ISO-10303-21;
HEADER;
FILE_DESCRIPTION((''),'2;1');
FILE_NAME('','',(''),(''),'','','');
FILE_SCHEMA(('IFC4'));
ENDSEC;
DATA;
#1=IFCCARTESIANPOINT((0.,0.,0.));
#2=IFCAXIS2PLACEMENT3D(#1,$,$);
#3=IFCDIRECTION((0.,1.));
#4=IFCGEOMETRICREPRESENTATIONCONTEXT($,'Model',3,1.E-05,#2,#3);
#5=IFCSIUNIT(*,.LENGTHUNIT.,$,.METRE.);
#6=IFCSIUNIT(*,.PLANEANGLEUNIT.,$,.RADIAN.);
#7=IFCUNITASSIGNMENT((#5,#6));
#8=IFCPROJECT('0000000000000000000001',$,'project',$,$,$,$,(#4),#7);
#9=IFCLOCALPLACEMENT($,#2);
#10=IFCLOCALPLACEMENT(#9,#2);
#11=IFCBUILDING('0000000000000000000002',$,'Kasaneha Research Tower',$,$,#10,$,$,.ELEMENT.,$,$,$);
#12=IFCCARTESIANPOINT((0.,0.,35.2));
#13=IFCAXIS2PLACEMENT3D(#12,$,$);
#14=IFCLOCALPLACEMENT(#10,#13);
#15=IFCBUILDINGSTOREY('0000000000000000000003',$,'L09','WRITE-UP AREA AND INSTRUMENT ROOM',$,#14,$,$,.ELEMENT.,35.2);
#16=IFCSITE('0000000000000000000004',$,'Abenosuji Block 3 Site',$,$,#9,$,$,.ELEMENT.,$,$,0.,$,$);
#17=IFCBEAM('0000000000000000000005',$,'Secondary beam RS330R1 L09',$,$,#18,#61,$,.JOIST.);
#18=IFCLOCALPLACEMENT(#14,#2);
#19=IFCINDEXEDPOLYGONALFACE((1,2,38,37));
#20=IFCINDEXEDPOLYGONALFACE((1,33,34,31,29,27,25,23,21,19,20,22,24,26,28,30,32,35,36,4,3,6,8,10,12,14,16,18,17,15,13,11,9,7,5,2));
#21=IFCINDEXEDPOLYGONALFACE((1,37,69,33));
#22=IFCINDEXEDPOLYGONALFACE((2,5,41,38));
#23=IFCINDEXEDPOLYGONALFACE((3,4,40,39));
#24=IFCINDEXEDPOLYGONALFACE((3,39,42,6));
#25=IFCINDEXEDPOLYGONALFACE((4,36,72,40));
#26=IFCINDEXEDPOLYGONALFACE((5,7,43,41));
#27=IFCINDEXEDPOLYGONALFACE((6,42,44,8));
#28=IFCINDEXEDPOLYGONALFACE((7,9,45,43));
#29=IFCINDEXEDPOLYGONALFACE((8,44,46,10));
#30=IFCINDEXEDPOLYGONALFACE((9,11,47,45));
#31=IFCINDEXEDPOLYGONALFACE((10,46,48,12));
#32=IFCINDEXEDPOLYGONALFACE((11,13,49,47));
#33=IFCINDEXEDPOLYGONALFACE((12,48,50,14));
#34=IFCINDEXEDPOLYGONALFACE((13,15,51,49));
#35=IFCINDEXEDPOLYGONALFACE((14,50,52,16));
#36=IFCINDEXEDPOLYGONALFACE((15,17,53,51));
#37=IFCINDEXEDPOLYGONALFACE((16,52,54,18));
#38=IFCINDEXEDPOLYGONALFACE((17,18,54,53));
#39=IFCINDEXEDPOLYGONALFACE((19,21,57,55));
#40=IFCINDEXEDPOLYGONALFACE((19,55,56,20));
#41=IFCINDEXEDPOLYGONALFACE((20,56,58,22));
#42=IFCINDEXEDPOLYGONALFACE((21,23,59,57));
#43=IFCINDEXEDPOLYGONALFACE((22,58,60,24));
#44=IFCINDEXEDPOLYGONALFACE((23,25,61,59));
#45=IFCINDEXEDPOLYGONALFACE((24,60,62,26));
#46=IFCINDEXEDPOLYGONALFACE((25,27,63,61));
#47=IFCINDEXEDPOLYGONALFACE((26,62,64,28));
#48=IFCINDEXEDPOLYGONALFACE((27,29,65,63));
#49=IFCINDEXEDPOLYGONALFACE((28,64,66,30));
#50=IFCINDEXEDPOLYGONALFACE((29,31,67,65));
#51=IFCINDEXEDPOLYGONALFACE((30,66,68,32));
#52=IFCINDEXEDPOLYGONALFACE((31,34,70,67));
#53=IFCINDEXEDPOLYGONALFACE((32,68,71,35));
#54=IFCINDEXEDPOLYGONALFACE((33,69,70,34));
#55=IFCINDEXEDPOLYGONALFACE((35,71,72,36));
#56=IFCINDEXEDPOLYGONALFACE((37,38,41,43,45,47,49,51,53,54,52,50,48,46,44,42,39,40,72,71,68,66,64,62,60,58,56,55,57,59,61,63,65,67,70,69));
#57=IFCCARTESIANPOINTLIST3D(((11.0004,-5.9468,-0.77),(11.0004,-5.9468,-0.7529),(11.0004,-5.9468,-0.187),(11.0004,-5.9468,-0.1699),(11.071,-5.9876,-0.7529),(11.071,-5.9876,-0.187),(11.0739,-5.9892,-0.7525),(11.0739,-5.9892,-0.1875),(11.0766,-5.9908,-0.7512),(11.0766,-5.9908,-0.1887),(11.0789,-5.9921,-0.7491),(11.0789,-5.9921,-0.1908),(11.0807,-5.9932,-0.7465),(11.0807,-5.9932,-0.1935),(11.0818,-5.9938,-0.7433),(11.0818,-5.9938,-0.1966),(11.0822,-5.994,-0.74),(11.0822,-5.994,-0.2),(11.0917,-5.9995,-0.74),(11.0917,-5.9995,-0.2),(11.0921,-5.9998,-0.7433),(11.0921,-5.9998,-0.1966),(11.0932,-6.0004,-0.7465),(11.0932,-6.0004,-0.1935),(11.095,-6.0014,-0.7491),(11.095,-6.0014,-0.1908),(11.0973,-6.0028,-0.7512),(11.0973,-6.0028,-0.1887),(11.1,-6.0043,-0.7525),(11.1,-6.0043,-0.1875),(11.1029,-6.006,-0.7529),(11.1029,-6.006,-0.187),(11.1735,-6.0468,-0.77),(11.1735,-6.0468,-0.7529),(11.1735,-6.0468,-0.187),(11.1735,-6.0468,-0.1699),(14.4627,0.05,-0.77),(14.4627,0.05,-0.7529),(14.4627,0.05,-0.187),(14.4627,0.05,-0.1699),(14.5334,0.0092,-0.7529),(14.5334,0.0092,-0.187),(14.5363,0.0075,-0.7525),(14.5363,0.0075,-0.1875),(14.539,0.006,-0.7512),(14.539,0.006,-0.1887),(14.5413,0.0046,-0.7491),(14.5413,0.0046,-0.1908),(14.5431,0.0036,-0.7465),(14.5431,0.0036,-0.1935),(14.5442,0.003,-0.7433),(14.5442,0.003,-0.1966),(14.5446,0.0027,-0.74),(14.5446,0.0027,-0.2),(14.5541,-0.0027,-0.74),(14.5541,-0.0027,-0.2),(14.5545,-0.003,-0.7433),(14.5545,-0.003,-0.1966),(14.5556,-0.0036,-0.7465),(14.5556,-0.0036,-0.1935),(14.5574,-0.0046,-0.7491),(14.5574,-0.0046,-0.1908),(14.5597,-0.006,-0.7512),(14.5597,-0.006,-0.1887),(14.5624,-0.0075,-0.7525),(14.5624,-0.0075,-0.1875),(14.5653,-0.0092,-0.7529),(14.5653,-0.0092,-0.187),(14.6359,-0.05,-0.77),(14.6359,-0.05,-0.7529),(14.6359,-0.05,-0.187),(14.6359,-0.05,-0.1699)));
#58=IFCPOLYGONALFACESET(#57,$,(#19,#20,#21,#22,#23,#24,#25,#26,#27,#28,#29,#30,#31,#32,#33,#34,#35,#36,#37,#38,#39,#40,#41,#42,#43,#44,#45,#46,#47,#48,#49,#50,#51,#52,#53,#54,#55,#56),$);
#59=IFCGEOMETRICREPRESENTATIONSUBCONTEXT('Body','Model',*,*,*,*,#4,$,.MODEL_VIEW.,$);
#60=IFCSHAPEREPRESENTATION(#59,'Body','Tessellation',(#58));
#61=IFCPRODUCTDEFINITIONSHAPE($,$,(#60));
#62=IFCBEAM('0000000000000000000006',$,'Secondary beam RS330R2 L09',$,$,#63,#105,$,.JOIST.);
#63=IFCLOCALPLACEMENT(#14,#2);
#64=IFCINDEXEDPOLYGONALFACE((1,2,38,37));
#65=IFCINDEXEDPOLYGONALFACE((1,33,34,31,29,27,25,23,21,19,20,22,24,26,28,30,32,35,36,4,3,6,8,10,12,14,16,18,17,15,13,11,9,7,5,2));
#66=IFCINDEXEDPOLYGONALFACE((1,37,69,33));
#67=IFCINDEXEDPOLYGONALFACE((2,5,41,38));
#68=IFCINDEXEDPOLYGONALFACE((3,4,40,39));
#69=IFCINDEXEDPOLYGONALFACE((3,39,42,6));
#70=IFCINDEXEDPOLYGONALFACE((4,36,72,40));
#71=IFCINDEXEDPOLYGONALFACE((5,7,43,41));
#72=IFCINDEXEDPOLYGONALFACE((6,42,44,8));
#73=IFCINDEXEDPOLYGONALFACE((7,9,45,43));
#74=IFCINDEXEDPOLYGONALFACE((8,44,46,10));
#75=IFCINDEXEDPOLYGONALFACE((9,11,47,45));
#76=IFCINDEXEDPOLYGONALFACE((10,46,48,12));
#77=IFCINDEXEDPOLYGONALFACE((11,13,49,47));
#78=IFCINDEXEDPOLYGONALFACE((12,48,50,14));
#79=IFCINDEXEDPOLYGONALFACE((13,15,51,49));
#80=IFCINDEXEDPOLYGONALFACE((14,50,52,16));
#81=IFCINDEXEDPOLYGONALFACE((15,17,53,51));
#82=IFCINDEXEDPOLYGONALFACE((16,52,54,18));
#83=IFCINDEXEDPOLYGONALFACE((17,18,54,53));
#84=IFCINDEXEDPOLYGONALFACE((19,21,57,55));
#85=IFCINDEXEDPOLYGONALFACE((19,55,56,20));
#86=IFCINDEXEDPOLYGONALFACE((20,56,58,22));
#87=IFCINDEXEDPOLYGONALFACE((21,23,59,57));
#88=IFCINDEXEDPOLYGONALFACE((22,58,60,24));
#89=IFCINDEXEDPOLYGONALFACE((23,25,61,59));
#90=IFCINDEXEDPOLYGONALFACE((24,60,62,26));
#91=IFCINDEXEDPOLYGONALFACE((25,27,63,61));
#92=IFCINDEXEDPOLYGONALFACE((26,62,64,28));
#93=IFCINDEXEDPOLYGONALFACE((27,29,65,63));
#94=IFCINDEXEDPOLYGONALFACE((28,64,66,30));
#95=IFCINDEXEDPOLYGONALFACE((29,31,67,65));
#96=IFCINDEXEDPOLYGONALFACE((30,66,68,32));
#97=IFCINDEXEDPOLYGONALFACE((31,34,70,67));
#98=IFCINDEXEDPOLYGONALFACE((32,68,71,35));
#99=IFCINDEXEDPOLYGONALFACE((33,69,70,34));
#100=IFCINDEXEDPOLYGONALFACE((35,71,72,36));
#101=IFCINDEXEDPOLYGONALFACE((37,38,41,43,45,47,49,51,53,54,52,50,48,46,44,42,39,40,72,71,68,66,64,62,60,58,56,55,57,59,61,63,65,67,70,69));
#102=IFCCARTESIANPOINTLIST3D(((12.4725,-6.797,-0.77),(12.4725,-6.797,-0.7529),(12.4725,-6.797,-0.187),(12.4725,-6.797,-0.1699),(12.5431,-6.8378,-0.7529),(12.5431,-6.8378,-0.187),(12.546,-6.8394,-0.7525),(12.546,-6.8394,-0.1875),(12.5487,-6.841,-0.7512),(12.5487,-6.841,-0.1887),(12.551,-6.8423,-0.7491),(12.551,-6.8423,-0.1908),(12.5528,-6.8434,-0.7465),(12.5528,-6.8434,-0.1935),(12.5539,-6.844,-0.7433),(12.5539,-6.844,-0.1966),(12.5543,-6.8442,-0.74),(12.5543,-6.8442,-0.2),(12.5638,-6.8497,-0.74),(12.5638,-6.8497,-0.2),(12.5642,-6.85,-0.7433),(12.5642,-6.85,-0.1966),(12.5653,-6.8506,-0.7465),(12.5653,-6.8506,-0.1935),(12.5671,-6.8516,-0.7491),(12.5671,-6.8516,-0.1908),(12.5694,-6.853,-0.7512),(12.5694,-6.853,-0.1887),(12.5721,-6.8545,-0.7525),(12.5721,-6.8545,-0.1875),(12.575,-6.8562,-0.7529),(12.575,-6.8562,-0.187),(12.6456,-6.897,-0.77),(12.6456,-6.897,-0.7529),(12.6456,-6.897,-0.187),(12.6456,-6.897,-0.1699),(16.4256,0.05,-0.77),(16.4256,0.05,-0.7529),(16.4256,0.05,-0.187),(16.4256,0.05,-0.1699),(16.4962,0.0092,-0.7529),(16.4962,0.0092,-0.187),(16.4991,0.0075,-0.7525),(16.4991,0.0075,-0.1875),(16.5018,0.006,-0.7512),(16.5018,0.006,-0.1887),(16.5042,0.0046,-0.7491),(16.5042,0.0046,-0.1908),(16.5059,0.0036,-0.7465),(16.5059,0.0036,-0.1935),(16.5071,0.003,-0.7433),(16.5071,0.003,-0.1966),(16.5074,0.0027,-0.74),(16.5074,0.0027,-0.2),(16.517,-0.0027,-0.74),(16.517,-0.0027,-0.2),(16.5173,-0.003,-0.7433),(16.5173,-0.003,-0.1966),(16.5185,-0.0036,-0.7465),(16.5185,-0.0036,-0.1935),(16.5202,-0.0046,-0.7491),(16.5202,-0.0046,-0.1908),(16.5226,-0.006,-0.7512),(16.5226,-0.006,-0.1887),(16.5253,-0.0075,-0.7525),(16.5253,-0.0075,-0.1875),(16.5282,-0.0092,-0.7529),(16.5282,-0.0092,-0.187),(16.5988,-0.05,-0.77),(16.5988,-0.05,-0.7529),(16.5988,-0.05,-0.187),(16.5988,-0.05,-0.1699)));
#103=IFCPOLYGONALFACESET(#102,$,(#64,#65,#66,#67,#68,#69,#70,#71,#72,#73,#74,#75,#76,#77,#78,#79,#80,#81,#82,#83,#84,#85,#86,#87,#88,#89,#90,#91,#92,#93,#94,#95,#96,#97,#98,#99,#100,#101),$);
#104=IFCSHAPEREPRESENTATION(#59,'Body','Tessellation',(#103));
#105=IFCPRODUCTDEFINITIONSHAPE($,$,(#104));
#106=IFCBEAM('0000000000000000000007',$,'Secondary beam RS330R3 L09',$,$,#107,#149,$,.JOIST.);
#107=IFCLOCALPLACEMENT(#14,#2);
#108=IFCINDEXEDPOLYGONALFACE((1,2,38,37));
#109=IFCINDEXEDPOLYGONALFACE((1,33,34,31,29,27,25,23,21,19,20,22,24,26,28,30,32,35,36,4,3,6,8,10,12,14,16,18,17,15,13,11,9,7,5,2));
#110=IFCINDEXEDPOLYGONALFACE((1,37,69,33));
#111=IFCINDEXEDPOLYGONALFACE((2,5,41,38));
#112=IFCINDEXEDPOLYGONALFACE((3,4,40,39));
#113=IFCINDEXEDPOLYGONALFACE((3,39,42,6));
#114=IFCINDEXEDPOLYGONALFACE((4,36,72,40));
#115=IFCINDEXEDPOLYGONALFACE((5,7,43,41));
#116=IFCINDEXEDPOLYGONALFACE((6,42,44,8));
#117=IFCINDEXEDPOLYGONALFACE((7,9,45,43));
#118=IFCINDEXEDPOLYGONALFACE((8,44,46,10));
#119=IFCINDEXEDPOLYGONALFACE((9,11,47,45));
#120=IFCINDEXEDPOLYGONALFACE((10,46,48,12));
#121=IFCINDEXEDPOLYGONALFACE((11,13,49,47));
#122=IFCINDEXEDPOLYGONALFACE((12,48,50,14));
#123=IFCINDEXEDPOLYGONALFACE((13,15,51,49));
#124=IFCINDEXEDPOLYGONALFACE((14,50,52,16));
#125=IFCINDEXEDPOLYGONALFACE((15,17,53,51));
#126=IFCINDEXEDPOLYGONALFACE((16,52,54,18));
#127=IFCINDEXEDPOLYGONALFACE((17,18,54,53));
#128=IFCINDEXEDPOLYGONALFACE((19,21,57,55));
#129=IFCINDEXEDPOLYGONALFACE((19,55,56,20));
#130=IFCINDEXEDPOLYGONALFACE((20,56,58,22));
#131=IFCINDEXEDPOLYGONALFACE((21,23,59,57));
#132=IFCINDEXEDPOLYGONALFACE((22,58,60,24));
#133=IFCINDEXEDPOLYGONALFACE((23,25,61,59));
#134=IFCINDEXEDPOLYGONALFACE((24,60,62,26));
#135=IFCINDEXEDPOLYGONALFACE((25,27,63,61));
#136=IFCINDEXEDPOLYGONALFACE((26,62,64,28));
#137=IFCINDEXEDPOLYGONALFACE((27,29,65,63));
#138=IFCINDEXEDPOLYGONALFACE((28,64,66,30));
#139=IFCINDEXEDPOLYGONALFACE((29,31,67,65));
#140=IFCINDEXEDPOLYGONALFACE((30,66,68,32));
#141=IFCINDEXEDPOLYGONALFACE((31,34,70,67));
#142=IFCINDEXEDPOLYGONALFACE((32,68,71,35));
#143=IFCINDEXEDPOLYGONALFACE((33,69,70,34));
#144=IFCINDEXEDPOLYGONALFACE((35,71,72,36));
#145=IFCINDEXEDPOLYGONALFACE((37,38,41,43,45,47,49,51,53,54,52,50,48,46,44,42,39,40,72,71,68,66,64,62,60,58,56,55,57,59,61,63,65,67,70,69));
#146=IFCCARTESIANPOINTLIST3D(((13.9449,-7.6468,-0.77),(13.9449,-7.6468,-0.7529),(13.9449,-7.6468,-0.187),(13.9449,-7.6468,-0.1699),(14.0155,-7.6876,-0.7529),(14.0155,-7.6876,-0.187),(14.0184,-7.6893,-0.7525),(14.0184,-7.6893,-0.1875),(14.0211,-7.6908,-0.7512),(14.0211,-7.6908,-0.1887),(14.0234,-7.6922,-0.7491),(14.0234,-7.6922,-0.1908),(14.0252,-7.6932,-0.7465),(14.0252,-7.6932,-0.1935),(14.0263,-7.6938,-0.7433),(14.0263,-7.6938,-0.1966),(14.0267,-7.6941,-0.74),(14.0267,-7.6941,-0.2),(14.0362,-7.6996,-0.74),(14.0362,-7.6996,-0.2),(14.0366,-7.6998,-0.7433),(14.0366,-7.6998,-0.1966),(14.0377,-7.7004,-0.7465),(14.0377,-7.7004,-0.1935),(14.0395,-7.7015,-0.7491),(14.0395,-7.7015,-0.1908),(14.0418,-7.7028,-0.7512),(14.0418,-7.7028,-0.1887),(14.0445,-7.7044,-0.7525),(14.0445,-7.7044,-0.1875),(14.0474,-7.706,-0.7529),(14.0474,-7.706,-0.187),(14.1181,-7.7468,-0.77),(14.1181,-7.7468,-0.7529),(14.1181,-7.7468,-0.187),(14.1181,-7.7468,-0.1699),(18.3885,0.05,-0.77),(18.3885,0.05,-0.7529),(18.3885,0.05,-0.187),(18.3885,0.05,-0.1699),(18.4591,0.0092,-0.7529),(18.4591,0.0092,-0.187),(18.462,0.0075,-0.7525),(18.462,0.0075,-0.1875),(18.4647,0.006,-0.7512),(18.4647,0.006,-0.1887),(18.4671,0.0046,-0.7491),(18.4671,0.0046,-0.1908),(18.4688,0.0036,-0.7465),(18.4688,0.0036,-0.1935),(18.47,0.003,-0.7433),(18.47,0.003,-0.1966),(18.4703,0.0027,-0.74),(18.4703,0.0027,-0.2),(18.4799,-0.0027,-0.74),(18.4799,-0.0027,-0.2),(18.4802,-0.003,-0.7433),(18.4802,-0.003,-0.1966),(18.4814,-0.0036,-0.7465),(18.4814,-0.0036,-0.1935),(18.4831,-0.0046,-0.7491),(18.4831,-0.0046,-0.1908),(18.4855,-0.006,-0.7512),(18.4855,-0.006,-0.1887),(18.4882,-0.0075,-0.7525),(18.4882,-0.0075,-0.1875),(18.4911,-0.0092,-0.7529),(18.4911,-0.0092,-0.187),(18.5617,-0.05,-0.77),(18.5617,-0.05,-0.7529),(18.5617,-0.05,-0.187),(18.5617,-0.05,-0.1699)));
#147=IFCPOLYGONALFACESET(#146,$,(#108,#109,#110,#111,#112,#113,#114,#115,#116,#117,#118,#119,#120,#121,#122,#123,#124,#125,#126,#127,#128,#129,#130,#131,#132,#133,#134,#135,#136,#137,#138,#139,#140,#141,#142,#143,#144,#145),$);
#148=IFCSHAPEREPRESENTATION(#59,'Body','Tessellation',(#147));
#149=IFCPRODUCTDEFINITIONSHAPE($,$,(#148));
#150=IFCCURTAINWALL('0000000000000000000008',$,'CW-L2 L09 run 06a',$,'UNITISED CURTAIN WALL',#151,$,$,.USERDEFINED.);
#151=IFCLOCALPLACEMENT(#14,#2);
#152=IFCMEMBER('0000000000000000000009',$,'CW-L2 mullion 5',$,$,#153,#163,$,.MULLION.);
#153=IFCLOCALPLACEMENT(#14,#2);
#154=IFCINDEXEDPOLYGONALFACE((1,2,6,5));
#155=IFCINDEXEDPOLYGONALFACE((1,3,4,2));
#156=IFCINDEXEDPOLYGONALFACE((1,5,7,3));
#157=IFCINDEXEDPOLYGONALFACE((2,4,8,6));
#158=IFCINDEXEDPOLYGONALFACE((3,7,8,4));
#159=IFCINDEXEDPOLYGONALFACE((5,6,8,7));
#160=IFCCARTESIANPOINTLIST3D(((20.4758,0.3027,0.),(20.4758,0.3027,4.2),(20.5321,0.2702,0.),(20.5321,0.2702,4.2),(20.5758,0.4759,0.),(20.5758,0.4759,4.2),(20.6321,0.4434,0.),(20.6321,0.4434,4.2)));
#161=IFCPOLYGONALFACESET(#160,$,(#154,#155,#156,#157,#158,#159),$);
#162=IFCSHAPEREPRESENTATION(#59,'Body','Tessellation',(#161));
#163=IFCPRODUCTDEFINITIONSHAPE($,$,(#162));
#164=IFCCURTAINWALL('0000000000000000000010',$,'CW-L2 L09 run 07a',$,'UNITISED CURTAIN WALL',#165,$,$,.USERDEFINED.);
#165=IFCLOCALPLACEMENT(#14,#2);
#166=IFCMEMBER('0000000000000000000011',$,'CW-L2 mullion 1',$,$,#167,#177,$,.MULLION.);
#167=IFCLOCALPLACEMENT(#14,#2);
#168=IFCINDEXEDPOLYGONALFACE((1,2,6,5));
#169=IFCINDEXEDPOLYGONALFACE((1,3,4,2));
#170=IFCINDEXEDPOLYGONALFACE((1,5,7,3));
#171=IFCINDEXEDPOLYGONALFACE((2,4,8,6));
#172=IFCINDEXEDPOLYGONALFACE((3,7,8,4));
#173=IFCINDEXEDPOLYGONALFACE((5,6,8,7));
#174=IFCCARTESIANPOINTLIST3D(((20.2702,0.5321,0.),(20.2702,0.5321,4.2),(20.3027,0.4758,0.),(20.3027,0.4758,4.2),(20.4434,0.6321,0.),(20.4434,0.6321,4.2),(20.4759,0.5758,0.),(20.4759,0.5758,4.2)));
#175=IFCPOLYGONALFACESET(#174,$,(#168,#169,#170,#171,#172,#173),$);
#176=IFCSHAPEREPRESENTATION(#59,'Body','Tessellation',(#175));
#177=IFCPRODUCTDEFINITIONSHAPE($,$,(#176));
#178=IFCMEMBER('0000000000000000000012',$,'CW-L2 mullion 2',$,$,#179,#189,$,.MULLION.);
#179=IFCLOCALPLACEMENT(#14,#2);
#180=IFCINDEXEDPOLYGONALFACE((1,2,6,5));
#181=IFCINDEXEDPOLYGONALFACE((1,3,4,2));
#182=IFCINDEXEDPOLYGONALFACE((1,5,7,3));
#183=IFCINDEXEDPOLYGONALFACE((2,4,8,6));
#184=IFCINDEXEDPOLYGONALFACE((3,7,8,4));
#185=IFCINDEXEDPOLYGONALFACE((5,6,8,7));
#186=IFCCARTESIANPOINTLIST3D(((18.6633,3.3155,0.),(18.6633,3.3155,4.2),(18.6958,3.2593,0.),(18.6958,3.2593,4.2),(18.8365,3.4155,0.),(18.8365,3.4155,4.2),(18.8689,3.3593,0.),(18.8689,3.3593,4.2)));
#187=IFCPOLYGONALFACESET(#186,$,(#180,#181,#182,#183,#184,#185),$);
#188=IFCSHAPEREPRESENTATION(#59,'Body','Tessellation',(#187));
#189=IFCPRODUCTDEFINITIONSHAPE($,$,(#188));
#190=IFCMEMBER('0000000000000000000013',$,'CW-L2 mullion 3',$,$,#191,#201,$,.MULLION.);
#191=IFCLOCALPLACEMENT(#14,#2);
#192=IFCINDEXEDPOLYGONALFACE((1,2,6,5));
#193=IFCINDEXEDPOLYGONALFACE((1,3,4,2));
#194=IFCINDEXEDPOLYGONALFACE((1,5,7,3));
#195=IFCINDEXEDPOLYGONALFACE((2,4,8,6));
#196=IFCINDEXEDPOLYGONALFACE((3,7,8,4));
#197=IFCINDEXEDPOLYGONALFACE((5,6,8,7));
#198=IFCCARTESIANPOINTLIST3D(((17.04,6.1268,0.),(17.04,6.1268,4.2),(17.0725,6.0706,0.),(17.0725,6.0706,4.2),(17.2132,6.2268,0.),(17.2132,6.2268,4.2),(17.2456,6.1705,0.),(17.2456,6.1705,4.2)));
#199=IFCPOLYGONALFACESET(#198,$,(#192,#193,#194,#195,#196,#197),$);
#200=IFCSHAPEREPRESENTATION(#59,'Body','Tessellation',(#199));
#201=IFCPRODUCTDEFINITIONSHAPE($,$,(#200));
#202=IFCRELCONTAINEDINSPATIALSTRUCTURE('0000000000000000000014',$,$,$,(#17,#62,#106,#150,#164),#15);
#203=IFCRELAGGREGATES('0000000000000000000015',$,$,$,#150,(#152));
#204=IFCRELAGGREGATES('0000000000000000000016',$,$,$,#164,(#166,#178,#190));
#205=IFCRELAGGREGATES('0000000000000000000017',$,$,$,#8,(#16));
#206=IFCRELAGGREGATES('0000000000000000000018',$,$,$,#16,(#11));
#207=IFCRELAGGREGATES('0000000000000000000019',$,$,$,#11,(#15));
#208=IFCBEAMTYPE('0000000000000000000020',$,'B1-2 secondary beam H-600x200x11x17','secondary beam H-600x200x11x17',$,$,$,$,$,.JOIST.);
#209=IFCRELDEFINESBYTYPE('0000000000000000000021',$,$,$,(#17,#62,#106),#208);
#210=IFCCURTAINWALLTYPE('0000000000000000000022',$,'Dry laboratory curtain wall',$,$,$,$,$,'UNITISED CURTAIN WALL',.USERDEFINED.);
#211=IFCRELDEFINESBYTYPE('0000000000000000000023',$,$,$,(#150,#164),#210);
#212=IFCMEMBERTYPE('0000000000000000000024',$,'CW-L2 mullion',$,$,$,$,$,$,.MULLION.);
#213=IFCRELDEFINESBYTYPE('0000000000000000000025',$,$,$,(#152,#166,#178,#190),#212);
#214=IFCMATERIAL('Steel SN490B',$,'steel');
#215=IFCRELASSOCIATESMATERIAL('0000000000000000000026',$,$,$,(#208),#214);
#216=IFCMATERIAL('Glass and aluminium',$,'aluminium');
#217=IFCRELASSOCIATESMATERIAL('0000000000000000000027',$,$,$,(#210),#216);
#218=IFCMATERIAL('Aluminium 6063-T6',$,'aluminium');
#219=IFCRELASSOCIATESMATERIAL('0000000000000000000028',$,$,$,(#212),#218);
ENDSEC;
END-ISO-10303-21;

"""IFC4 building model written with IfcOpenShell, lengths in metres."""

from ifc_helpers import new_model, si_unit, direction, frame, origin, origin_2d, place, context, subcontext, project, spatial, rectangle, i_section, extrude, material, material_profile, profile_set, type_object, element, aggregate, save


model = new_model("IFC4")

# Units and contexts
model_context = context("Model", 3, precision=1e-05, world=origin(), true_north=direction((0.0, 1.0)))
body_context = subcontext(model_context, "Body", "Model", "MODEL_VIEW")
ifc_project = project(units=[si_unit("LENGTHUNIT", "METRE"), si_unit("PLANEANGLEUNIT", "RADIAN")], contexts=[model_context])

# Site, building, storey
site_placement = place(None, origin())
site = spatial("IfcSite", under=ifc_project, at=site_placement, Name="Abenosuji Block 3 Site", CompositionType="ELEMENT", RefElevation=0.0)
building_placement = place(site_placement, origin())
building = spatial("IfcBuilding", under=site, at=building_placement, Name="Kasaneha Research Tower", CompositionType="ELEMENT")
storey_placement = place(building_placement, frame((0.0, 0.0, 35.2)))
storey = spatial("IfcBuildingStorey", under=building, at=storey_placement, Name="L09", Description="WRITE-UP AREA AND INSTRUMENT ROOM", CompositionType="ELEMENT", Elevation=35.2)

# Beams
ifc_material_1 = material(Name="Steel SN490B", Category="steel")
ifc_material_profile_1 = material_profile(ifc_material_1, i_section(OverallWidth=0.2, OverallDepth=0.6001, WebThickness=0.011, FlangeThickness=0.0171, FilletRadius=0.0129, at=origin_2d()), Name="H-600x200x11x17")
ifc_profile_set_1 = profile_set([ifc_material_profile_1], Name="Steel SN490B")
beam_type_1 = type_object("IfcBeamType", Name="B1-2 secondary beam H-600x200x11x17", Description="secondary beam H-600x200x11x17", PredefinedType="JOIST", material=ifc_profile_set_1)
beam_1_placement = place(storey_placement, frame((14.5493, 0.0, -0.47), z_axis=(-0.500014, -0.866017, 0.0), x_axis=(0.866017, -0.500014, 0.0)))
element("IfcBeam", 1, at=beam_1_placement, inside=storey, type_object=beam_type_1, Name="Secondary beam RS330R1 L09", PredefinedType="JOIST", context=body_context, shape_type="SweptSolid", body=[
    extrude(i_section(OverallWidth=0.2, OverallDepth=0.6001, WebThickness=0.011, FlangeThickness=0.0171, FilletRadius=0.0129, at=origin_2d()), origin(), (0.0, 0.0, 1.0), 6.9246),
])
beam_2_placement = place(storey_placement, frame((16.5122, 0.0, -0.47), z_axis=(-0.500005, -0.866023, 0.0), x_axis=(0.866023, -0.500005, 0.0)))
element("IfcBeam", 2, at=beam_2_placement, inside=storey, type_object=beam_type_1, Name="Secondary beam RS330R2 L09", PredefinedType="JOIST", context=body_context, shape_type="SweptSolid", body=[
    extrude(i_section(OverallWidth=0.2, OverallDepth=0.6001, WebThickness=0.011, FlangeThickness=0.0171, FilletRadius=0.0129, at=origin_2d()), origin(), (0.0, 0.0, 1.0), 7.9062),
])
beam_3_placement = place(storey_placement, frame((18.4751, 0.0, -0.47), z_axis=(-0.499989, -0.866032, 0.0), x_axis=(0.866032, -0.499989, 0.0)))
element("IfcBeam", 3, at=beam_3_placement, inside=storey, type_object=beam_type_1, Name="Secondary beam RS330R3 L09", PredefinedType="JOIST", context=body_context, shape_type="SweptSolid", body=[
    extrude(i_section(OverallWidth=0.2, OverallDepth=0.6001, WebThickness=0.011, FlangeThickness=0.0171, FilletRadius=0.0129, at=origin_2d()), origin(), (0.0, 0.0, 1.0), 8.8875),
])

# Curtain wall, member
ifc_material_2 = material(Name="Glass and aluminium", Category="aluminium")
curtain_wall_type = type_object("IfcCurtainWallType", Name="Dry laboratory curtain wall", ElementType="UNITISED CURTAIN WALL", PredefinedType="USERDEFINED", material=ifc_material_2)
curtain_wall_1_placement = place(storey_placement, origin())
curtain_wall_1 = element("IfcCurtainWall", 4, at=curtain_wall_1_placement, inside=storey, type_object=curtain_wall_type, Name="CW-L2 L09 run 06a", ObjectType="UNITISED CURTAIN WALL", PredefinedType="USERDEFINED")
ifc_material_3 = material(Name="Aluminium 6063-T6", Category="aluminium")
ifc_material_profile_2 = material_profile(ifc_material_3, rectangle(XDim=0.0649, YDim=0.2, at=origin_2d()), Name="CW-L2 mullion 65x200")
ifc_profile_set_2 = profile_set([ifc_material_profile_2], Name="Aluminium 6063-T6")
member_type_1 = type_object("IfcMemberType", Name="CW-L2 mullion", PredefinedType="MULLION", material=ifc_profile_set_2)
member_1_placement = place(storey_placement, frame((20.554, 0.373, 0.0), z_axis=(0.0, 0.0, 1.0), x_axis=(-0.866025, 0.5, 0.0)))
member_1 = element("IfcMember", 5, at=member_1_placement, type_object=member_type_1, Name="CW-L2 mullion 5", PredefinedType="MULLION", context=body_context, shape_type="SweptSolid", body=[
    extrude(rectangle(XDim=0.0649, YDim=0.2, at=origin_2d()), origin(), (0.0, 0.0, 1.0), 4.2),
])
aggregate(curtain_wall_1, [member_1])

# Curtain wall, members
curtain_wall_2_placement = place(storey_placement, origin())
curtain_wall_2 = element("IfcCurtainWall", 6, at=curtain_wall_2_placement, inside=storey, type_object=curtain_wall_type, Name="CW-L2 L09 run 07a", ObjectType="UNITISED CURTAIN WALL", PredefinedType="USERDEFINED")
member_2_placement = place(storey_placement, frame((20.373, 0.554, 0.0), z_axis=(0.0, 0.0, 1.0), x_axis=(-0.5, 0.866025, 0.0)))
member_2 = element("IfcMember", 7, at=member_2_placement, type_object=member_type_1, Name="CW-L2 mullion 1", PredefinedType="MULLION", context=body_context, shape_type="SweptSolid", body=[
    extrude(rectangle(XDim=0.0649, YDim=0.2, at=origin_2d()), origin(), (0.0, 0.0, 1.0), 4.2),
])
member_3_placement = place(storey_placement, frame((18.7661, 3.3374, 0.0), z_axis=(0.0, 0.0, 1.0), x_axis=(-0.5, 0.866025, 0.0)))
member_3 = element("IfcMember", 8, at=member_3_placement, type_object=member_type_1, Name="CW-L2 mullion 2", PredefinedType="MULLION", context=body_context, shape_type="SweptSolid", body=[
    extrude(rectangle(XDim=0.0649, YDim=0.2, at=origin_2d()), origin(), (0.0, 0.0, 1.0), 4.2),
])
member_4_placement = place(storey_placement, frame((17.1428, 6.1487, 0.0), z_axis=(0.0, 0.0, 1.0), x_axis=(-0.5, 0.866025, 0.0)))
member_4 = element("IfcMember", 9, at=member_4_placement, type_object=member_type_1, Name="CW-L2 mullion 3", PredefinedType="MULLION", context=body_context, shape_type="SweptSolid", body=[
    extrude(rectangle(XDim=0.0649, YDim=0.2, at=origin_2d()), origin(), (0.0, 0.0, 1.0), 4.2),
])

aggregate(curtain_wall_2, [member_2, member_3, member_4])

save(model, "model.ifc")
